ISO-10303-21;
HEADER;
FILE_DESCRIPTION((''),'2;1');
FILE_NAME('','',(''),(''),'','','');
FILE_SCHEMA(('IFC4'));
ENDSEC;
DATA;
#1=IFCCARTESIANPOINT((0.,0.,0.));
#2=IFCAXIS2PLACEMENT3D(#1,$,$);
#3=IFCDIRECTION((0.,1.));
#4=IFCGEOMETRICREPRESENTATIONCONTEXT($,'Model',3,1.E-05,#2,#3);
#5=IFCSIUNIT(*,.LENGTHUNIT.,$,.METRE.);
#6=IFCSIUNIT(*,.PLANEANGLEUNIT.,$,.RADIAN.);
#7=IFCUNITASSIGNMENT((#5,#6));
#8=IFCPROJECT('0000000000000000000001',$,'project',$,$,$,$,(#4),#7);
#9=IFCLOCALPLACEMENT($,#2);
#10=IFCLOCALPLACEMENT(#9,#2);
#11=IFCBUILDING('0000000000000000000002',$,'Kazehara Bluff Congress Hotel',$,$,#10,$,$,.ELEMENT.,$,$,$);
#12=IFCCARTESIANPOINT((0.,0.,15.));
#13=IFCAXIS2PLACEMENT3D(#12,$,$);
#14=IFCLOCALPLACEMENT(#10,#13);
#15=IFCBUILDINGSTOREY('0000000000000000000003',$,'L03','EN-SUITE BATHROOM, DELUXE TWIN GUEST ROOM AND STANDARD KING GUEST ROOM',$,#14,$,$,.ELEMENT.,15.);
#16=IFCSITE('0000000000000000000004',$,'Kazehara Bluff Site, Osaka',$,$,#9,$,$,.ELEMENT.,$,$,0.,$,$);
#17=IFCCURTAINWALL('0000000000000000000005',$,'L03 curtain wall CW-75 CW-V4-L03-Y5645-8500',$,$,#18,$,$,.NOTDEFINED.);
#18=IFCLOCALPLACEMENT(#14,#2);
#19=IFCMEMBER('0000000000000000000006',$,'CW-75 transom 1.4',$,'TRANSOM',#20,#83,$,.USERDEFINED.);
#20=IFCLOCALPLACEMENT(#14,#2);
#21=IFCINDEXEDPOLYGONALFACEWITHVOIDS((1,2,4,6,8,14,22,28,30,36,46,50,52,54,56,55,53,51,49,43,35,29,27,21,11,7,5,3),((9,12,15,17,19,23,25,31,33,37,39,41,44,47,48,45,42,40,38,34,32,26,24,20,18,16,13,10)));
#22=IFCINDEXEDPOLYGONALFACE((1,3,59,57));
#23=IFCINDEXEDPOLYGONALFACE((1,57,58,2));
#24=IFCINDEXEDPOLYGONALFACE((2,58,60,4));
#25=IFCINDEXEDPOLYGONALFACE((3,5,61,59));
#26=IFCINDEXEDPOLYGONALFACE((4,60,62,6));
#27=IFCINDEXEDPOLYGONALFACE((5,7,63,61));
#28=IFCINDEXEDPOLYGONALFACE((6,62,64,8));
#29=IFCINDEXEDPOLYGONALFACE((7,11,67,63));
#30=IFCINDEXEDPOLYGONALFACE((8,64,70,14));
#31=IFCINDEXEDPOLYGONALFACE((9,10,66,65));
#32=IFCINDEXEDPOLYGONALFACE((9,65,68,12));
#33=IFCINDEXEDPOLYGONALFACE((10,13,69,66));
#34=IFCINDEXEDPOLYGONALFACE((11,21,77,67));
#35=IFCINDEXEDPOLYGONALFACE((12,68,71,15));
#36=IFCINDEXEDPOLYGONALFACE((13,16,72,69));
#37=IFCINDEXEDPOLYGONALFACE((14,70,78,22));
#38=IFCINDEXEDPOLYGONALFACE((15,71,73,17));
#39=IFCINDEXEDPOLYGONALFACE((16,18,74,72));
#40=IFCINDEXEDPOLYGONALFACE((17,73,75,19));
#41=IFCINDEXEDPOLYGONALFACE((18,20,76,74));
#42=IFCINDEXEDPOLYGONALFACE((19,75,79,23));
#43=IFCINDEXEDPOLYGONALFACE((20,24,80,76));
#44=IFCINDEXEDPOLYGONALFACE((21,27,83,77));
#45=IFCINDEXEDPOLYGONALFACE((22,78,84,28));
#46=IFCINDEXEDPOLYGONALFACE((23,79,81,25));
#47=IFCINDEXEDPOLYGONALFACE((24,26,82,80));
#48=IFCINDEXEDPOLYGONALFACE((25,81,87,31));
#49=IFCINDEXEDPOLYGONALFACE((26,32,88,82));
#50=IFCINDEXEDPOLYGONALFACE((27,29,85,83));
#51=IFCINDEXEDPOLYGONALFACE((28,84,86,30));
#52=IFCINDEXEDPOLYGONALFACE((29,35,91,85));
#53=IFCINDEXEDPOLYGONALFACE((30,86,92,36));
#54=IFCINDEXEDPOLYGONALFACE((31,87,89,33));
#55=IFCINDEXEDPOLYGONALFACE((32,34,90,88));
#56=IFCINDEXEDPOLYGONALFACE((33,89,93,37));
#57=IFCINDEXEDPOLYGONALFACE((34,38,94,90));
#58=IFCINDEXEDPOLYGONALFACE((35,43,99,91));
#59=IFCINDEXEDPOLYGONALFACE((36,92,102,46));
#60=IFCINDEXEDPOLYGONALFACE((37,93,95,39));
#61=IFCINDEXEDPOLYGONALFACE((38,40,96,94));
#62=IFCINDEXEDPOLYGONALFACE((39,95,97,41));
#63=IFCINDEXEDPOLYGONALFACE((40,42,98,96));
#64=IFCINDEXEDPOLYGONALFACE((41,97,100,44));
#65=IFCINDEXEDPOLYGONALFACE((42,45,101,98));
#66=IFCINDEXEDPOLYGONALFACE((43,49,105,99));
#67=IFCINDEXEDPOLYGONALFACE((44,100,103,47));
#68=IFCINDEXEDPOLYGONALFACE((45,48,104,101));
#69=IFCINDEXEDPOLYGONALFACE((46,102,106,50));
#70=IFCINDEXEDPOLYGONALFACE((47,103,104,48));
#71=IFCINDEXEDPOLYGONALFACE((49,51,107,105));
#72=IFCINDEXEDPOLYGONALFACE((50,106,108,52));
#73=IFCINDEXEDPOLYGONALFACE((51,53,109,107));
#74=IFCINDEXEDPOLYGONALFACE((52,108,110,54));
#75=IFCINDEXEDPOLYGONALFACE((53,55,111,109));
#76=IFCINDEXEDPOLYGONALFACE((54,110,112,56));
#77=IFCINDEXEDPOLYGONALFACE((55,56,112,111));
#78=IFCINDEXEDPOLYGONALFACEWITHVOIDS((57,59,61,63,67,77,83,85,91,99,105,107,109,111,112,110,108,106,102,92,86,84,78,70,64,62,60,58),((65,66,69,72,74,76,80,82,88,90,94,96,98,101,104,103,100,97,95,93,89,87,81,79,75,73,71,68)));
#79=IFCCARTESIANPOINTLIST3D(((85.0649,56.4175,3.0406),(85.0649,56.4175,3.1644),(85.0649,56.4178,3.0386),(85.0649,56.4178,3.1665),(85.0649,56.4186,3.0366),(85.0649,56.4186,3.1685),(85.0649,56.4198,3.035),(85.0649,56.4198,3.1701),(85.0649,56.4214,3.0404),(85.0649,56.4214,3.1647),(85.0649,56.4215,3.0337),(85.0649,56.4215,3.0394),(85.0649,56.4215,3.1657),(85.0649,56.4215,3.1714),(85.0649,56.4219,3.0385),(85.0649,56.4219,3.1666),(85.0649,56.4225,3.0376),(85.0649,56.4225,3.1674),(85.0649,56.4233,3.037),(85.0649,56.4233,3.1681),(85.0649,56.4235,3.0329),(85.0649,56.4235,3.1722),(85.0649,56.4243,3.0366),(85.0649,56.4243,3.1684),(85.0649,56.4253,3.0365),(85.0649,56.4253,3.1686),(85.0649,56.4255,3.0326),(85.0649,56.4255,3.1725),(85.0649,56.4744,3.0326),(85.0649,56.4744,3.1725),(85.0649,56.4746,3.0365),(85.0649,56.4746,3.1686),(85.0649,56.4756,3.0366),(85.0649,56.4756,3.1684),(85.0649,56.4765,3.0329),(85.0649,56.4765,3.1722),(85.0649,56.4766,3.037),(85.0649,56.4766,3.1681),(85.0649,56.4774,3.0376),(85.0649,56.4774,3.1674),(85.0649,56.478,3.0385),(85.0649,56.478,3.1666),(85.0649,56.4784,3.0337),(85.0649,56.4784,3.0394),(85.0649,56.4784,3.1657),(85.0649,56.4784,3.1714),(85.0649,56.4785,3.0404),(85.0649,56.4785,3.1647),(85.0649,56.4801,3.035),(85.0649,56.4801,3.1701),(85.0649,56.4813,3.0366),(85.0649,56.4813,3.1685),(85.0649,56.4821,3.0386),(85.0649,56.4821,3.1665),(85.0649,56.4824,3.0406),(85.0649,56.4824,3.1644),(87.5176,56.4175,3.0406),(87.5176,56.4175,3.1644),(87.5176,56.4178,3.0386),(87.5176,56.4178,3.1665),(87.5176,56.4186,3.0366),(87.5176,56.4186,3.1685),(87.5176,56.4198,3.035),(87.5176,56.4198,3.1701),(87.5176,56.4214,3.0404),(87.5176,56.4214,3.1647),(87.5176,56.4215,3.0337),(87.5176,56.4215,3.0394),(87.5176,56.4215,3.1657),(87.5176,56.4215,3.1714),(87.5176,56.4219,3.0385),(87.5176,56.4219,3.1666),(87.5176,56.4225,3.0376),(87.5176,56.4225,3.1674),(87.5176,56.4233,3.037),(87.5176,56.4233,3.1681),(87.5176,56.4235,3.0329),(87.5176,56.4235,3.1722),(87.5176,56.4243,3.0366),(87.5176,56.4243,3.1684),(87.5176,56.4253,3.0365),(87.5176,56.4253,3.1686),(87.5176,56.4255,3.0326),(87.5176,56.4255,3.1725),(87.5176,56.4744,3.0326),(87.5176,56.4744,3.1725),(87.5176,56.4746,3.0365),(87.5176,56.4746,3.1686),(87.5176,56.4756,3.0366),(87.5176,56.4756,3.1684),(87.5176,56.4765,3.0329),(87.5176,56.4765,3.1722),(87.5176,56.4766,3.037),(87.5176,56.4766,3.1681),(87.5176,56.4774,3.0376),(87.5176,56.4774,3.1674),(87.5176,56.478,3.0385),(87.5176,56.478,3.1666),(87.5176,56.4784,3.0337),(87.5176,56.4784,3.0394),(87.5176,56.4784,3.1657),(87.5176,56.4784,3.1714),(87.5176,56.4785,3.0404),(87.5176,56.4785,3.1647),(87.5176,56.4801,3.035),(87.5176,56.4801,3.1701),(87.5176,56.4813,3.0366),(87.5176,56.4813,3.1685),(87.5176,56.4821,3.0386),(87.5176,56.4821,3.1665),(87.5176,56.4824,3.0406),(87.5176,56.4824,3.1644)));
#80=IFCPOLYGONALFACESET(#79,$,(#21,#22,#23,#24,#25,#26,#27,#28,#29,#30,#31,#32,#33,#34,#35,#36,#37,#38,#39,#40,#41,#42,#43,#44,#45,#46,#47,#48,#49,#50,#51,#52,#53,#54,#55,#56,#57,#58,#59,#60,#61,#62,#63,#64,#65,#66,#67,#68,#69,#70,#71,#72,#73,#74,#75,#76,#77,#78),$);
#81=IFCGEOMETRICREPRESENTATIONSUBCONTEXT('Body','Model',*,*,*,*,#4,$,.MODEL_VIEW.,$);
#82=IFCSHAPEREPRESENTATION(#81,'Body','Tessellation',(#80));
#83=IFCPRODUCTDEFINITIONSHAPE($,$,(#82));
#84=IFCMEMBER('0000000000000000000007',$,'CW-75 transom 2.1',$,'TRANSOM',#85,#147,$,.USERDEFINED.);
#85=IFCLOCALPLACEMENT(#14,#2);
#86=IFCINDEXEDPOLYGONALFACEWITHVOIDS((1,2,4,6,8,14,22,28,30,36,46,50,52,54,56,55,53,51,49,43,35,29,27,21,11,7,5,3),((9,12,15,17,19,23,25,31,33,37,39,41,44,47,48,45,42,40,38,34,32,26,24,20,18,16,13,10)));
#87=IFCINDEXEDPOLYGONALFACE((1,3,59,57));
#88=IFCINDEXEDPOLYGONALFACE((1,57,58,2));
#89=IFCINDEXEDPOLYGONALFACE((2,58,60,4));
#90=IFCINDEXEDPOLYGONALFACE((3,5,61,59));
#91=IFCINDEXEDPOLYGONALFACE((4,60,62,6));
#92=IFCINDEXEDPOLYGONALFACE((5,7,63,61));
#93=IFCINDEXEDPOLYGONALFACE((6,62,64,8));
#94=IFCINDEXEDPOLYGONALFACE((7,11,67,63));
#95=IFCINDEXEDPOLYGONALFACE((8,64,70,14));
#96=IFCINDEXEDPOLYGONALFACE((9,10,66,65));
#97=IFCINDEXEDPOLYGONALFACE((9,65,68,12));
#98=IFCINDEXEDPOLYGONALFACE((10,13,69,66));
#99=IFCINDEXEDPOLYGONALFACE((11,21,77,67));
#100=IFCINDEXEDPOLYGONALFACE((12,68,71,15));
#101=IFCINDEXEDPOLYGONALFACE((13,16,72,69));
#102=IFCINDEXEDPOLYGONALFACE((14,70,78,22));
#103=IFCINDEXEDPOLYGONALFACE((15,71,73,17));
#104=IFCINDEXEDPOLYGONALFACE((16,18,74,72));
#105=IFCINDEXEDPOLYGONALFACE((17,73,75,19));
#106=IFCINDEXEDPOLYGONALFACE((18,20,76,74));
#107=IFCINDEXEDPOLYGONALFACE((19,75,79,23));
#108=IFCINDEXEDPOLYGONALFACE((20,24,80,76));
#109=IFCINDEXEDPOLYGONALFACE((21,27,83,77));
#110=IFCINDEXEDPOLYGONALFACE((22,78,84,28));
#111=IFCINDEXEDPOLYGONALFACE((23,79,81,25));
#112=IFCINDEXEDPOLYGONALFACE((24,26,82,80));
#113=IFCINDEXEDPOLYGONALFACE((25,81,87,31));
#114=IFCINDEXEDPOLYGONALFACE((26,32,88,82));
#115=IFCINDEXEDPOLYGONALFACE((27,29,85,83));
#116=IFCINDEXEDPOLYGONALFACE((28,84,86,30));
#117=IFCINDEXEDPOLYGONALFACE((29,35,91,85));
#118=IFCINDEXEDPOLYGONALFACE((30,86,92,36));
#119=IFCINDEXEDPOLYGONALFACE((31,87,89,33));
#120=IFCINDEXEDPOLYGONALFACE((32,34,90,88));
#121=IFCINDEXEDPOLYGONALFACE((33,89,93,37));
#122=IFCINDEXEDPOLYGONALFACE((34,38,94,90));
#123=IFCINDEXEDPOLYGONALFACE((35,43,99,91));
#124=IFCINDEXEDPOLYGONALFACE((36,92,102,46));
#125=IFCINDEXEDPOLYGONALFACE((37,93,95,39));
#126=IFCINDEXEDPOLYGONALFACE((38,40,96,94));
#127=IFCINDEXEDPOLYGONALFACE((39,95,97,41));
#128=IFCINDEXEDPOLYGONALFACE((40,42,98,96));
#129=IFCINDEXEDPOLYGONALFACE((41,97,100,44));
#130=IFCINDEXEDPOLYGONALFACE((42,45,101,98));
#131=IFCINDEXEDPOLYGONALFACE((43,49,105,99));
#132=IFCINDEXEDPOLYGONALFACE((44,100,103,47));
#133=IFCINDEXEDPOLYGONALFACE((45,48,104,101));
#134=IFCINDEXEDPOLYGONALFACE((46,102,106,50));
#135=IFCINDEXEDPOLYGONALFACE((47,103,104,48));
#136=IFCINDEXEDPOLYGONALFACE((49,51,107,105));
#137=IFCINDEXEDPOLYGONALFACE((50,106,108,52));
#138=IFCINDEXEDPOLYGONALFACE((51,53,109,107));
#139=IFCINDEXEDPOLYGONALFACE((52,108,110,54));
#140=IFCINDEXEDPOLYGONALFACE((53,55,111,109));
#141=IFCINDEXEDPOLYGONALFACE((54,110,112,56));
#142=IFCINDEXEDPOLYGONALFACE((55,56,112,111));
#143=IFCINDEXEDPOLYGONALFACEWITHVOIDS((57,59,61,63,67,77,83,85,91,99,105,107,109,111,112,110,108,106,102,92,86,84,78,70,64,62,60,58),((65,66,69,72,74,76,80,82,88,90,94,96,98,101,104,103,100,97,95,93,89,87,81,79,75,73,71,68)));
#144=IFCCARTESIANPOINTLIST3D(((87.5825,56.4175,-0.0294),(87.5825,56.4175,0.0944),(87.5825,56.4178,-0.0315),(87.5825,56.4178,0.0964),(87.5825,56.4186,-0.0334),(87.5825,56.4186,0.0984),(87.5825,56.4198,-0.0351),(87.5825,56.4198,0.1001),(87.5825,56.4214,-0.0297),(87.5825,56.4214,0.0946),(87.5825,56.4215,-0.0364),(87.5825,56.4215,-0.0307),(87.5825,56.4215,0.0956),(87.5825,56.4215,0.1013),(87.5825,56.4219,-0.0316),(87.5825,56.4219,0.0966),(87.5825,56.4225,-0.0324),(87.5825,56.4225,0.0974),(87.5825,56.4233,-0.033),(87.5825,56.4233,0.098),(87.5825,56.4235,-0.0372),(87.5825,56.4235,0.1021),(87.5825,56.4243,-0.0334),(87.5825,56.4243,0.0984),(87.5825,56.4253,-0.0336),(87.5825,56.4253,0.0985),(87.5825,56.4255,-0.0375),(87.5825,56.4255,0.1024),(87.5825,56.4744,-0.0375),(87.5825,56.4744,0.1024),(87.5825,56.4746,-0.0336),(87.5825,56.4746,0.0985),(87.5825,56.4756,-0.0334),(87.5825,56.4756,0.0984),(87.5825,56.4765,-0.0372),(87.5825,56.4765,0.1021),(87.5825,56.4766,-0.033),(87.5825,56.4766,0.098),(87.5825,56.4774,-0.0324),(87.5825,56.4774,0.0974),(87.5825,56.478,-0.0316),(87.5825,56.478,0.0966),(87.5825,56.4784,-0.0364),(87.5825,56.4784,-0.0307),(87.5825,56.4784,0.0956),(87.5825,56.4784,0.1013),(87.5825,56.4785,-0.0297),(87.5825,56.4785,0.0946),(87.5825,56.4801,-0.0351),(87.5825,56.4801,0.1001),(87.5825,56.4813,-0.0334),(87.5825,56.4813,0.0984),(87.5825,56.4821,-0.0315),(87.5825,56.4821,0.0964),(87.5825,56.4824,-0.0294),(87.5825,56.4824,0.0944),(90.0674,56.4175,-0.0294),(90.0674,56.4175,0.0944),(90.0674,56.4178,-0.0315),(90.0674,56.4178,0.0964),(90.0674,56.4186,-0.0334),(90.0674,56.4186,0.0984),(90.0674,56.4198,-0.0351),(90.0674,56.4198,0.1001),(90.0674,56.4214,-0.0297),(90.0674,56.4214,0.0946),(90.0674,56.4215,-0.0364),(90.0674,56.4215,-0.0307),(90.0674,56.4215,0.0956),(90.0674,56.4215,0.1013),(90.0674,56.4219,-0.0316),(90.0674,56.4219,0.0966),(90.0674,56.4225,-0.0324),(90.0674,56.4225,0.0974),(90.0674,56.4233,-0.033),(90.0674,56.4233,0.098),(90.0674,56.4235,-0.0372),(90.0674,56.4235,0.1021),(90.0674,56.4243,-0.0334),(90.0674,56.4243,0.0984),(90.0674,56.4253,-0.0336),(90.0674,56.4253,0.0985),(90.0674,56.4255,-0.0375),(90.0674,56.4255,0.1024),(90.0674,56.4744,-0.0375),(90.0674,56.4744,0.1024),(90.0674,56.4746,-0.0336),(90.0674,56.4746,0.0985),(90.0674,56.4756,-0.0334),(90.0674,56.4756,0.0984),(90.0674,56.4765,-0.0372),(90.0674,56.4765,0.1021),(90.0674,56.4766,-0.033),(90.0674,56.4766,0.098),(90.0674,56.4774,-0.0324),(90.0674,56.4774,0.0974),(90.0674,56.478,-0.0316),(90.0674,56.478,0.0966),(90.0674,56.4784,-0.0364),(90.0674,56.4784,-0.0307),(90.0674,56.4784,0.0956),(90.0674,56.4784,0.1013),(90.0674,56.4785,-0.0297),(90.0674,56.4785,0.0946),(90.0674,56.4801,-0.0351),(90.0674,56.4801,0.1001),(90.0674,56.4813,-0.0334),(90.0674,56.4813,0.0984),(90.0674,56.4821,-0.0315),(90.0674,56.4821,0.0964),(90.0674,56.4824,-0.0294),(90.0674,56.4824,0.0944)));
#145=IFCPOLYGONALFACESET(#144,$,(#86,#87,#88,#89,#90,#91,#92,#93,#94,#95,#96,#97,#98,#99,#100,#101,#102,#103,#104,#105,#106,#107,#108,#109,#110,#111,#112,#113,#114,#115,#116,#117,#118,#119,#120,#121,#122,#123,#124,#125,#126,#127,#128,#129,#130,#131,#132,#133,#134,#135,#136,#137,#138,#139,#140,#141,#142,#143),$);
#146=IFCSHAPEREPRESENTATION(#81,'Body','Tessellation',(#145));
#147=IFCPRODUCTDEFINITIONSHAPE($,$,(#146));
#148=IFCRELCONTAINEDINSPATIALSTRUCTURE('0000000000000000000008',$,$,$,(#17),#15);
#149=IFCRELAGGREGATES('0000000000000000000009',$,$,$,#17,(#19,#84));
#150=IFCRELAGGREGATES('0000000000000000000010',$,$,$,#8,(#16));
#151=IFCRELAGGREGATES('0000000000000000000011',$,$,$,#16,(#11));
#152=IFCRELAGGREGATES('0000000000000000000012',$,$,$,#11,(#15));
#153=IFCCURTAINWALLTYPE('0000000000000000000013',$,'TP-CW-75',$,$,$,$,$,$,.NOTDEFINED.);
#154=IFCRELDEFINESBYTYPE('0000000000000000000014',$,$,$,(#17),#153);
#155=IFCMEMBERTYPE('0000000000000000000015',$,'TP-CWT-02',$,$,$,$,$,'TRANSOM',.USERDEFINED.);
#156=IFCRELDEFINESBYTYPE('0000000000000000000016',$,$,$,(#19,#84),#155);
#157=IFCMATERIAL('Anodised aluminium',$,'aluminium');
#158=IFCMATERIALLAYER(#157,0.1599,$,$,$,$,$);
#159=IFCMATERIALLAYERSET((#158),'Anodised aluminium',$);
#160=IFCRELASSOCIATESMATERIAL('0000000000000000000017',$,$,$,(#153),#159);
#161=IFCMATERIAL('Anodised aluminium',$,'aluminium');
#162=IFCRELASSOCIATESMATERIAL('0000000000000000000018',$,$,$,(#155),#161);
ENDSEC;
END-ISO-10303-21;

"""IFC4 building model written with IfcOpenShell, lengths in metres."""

from ifc_helpers import new_model, si_unit, direction, frame, origin, origin_2d, place, context, subcontext, project, spatial, hollow_rectangle, extrude, material, layer, layer_set, material_profile, profile_set, type_object, element, aggregate, save


model = new_model("IFC4")

# Units and contexts
model_context = context("Model", 3, precision=1e-05, world=origin(), true_north=direction((0.0, 1.0)))
body_context = subcontext(model_context, "Body", "Model", "MODEL_VIEW")
ifc_project = project(units=[si_unit("LENGTHUNIT", "METRE"), si_unit("PLANEANGLEUNIT", "RADIAN")], contexts=[model_context])

# Site, building, storey
site_placement = place(None, origin())
site = spatial("IfcSite", under=ifc_project, at=site_placement, Name="Kazehara Bluff Site, Osaka", CompositionType="ELEMENT", RefElevation=0.0)
building_placement = place(site_placement, origin())
building = spatial("IfcBuilding", under=site, at=building_placement, Name="Kazehara Bluff Congress Hotel", CompositionType="ELEMENT")
storey_placement = place(building_placement, frame((0.0, 0.0, 15.0)))
storey = spatial("IfcBuildingStorey", under=building, at=storey_placement, Name="L03", Description="EN-SUITE BATHROOM, DELUXE TWIN GUEST ROOM AND STANDARD KING GUEST ROOM", CompositionType="ELEMENT", Elevation=15.0)

# Curtain wall, members
ifc_material_1 = material(Name="Anodised aluminium", Category="aluminium")
ifc_layer_1 = layer(ifc_material_1, 0.1599)
ifc_layer_set_1 = layer_set([ifc_layer_1], Name="Anodised aluminium")
curtain_wall_type = type_object("IfcCurtainWallType", Name="TP-CW-75", PredefinedType="NOTDEFINED", material=ifc_layer_set_1)
curtain_wall_placement = place(storey_placement, origin())
curtain_wall = element("IfcCurtainWall", 1, at=curtain_wall_placement, inside=storey, type_object=curtain_wall_type, Name="L03 curtain wall CW-75 CW-V4-L03-Y5645-8500", PredefinedType="NOTDEFINED")
ifc_material_2 = material(Name="Anodised aluminium", Category="aluminium")
ifc_material_profile_1 = material_profile(ifc_material_2, hollow_rectangle(XDim=0.0649, YDim=0.1399, WallThickness=0.0039, InnerFilletRadius=0.0039, OuterFilletRadius=0.0081, at=origin_2d()))
ifc_profile_set_1 = profile_set([ifc_material_profile_1], Name="Anodised aluminium")
member_type_1 = type_object("IfcMemberType", Name="TP-CWT-02", ElementType="TRANSOM", PredefinedType="USERDEFINED", material=ifc_profile_set_1)
member_1_placement = place(storey_placement, frame((85.0649, 56.45, 3.1025), z_axis=(1.0, 0.0, 0.0), x_axis=(0.0, 1.0, 0.0)))
member_1 = element("IfcMember", 2, at=member_1_placement, type_object=member_type_1, Name="CW-75 transom 1.4", ObjectType="TRANSOM", PredefinedType="USERDEFINED", context=body_context, shape_type="SweptSolid", body=[
    extrude(hollow_rectangle(XDim=0.0649, YDim=0.1399, WallThickness=0.0039, InnerFilletRadius=0.0039, OuterFilletRadius=0.0081, at=origin_2d()), origin(), (0.0, 0.0, 1.0), 2.4526),
])
member_2_placement = place(storey_placement, frame((87.5825, 56.45, 0.0325), z_axis=(1.0, 0.0, 0.0), x_axis=(0.0, 1.0, 0.0)))
member_2 = element("IfcMember", 3, at=member_2_placement, type_object=member_type_1, Name="CW-75 transom 2.1", ObjectType="TRANSOM", PredefinedType="USERDEFINED", context=body_context, shape_type="SweptSolid", body=[
    extrude(hollow_rectangle(XDim=0.0649, YDim=0.1399, WallThickness=0.0039, InnerFilletRadius=0.0039, OuterFilletRadius=0.0081, at=origin_2d()), origin(), (0.0, 0.0, 1.0), 2.4849),
])

aggregate(curtain_wall, [member_1, member_2])

save(model, "model.ifc")
